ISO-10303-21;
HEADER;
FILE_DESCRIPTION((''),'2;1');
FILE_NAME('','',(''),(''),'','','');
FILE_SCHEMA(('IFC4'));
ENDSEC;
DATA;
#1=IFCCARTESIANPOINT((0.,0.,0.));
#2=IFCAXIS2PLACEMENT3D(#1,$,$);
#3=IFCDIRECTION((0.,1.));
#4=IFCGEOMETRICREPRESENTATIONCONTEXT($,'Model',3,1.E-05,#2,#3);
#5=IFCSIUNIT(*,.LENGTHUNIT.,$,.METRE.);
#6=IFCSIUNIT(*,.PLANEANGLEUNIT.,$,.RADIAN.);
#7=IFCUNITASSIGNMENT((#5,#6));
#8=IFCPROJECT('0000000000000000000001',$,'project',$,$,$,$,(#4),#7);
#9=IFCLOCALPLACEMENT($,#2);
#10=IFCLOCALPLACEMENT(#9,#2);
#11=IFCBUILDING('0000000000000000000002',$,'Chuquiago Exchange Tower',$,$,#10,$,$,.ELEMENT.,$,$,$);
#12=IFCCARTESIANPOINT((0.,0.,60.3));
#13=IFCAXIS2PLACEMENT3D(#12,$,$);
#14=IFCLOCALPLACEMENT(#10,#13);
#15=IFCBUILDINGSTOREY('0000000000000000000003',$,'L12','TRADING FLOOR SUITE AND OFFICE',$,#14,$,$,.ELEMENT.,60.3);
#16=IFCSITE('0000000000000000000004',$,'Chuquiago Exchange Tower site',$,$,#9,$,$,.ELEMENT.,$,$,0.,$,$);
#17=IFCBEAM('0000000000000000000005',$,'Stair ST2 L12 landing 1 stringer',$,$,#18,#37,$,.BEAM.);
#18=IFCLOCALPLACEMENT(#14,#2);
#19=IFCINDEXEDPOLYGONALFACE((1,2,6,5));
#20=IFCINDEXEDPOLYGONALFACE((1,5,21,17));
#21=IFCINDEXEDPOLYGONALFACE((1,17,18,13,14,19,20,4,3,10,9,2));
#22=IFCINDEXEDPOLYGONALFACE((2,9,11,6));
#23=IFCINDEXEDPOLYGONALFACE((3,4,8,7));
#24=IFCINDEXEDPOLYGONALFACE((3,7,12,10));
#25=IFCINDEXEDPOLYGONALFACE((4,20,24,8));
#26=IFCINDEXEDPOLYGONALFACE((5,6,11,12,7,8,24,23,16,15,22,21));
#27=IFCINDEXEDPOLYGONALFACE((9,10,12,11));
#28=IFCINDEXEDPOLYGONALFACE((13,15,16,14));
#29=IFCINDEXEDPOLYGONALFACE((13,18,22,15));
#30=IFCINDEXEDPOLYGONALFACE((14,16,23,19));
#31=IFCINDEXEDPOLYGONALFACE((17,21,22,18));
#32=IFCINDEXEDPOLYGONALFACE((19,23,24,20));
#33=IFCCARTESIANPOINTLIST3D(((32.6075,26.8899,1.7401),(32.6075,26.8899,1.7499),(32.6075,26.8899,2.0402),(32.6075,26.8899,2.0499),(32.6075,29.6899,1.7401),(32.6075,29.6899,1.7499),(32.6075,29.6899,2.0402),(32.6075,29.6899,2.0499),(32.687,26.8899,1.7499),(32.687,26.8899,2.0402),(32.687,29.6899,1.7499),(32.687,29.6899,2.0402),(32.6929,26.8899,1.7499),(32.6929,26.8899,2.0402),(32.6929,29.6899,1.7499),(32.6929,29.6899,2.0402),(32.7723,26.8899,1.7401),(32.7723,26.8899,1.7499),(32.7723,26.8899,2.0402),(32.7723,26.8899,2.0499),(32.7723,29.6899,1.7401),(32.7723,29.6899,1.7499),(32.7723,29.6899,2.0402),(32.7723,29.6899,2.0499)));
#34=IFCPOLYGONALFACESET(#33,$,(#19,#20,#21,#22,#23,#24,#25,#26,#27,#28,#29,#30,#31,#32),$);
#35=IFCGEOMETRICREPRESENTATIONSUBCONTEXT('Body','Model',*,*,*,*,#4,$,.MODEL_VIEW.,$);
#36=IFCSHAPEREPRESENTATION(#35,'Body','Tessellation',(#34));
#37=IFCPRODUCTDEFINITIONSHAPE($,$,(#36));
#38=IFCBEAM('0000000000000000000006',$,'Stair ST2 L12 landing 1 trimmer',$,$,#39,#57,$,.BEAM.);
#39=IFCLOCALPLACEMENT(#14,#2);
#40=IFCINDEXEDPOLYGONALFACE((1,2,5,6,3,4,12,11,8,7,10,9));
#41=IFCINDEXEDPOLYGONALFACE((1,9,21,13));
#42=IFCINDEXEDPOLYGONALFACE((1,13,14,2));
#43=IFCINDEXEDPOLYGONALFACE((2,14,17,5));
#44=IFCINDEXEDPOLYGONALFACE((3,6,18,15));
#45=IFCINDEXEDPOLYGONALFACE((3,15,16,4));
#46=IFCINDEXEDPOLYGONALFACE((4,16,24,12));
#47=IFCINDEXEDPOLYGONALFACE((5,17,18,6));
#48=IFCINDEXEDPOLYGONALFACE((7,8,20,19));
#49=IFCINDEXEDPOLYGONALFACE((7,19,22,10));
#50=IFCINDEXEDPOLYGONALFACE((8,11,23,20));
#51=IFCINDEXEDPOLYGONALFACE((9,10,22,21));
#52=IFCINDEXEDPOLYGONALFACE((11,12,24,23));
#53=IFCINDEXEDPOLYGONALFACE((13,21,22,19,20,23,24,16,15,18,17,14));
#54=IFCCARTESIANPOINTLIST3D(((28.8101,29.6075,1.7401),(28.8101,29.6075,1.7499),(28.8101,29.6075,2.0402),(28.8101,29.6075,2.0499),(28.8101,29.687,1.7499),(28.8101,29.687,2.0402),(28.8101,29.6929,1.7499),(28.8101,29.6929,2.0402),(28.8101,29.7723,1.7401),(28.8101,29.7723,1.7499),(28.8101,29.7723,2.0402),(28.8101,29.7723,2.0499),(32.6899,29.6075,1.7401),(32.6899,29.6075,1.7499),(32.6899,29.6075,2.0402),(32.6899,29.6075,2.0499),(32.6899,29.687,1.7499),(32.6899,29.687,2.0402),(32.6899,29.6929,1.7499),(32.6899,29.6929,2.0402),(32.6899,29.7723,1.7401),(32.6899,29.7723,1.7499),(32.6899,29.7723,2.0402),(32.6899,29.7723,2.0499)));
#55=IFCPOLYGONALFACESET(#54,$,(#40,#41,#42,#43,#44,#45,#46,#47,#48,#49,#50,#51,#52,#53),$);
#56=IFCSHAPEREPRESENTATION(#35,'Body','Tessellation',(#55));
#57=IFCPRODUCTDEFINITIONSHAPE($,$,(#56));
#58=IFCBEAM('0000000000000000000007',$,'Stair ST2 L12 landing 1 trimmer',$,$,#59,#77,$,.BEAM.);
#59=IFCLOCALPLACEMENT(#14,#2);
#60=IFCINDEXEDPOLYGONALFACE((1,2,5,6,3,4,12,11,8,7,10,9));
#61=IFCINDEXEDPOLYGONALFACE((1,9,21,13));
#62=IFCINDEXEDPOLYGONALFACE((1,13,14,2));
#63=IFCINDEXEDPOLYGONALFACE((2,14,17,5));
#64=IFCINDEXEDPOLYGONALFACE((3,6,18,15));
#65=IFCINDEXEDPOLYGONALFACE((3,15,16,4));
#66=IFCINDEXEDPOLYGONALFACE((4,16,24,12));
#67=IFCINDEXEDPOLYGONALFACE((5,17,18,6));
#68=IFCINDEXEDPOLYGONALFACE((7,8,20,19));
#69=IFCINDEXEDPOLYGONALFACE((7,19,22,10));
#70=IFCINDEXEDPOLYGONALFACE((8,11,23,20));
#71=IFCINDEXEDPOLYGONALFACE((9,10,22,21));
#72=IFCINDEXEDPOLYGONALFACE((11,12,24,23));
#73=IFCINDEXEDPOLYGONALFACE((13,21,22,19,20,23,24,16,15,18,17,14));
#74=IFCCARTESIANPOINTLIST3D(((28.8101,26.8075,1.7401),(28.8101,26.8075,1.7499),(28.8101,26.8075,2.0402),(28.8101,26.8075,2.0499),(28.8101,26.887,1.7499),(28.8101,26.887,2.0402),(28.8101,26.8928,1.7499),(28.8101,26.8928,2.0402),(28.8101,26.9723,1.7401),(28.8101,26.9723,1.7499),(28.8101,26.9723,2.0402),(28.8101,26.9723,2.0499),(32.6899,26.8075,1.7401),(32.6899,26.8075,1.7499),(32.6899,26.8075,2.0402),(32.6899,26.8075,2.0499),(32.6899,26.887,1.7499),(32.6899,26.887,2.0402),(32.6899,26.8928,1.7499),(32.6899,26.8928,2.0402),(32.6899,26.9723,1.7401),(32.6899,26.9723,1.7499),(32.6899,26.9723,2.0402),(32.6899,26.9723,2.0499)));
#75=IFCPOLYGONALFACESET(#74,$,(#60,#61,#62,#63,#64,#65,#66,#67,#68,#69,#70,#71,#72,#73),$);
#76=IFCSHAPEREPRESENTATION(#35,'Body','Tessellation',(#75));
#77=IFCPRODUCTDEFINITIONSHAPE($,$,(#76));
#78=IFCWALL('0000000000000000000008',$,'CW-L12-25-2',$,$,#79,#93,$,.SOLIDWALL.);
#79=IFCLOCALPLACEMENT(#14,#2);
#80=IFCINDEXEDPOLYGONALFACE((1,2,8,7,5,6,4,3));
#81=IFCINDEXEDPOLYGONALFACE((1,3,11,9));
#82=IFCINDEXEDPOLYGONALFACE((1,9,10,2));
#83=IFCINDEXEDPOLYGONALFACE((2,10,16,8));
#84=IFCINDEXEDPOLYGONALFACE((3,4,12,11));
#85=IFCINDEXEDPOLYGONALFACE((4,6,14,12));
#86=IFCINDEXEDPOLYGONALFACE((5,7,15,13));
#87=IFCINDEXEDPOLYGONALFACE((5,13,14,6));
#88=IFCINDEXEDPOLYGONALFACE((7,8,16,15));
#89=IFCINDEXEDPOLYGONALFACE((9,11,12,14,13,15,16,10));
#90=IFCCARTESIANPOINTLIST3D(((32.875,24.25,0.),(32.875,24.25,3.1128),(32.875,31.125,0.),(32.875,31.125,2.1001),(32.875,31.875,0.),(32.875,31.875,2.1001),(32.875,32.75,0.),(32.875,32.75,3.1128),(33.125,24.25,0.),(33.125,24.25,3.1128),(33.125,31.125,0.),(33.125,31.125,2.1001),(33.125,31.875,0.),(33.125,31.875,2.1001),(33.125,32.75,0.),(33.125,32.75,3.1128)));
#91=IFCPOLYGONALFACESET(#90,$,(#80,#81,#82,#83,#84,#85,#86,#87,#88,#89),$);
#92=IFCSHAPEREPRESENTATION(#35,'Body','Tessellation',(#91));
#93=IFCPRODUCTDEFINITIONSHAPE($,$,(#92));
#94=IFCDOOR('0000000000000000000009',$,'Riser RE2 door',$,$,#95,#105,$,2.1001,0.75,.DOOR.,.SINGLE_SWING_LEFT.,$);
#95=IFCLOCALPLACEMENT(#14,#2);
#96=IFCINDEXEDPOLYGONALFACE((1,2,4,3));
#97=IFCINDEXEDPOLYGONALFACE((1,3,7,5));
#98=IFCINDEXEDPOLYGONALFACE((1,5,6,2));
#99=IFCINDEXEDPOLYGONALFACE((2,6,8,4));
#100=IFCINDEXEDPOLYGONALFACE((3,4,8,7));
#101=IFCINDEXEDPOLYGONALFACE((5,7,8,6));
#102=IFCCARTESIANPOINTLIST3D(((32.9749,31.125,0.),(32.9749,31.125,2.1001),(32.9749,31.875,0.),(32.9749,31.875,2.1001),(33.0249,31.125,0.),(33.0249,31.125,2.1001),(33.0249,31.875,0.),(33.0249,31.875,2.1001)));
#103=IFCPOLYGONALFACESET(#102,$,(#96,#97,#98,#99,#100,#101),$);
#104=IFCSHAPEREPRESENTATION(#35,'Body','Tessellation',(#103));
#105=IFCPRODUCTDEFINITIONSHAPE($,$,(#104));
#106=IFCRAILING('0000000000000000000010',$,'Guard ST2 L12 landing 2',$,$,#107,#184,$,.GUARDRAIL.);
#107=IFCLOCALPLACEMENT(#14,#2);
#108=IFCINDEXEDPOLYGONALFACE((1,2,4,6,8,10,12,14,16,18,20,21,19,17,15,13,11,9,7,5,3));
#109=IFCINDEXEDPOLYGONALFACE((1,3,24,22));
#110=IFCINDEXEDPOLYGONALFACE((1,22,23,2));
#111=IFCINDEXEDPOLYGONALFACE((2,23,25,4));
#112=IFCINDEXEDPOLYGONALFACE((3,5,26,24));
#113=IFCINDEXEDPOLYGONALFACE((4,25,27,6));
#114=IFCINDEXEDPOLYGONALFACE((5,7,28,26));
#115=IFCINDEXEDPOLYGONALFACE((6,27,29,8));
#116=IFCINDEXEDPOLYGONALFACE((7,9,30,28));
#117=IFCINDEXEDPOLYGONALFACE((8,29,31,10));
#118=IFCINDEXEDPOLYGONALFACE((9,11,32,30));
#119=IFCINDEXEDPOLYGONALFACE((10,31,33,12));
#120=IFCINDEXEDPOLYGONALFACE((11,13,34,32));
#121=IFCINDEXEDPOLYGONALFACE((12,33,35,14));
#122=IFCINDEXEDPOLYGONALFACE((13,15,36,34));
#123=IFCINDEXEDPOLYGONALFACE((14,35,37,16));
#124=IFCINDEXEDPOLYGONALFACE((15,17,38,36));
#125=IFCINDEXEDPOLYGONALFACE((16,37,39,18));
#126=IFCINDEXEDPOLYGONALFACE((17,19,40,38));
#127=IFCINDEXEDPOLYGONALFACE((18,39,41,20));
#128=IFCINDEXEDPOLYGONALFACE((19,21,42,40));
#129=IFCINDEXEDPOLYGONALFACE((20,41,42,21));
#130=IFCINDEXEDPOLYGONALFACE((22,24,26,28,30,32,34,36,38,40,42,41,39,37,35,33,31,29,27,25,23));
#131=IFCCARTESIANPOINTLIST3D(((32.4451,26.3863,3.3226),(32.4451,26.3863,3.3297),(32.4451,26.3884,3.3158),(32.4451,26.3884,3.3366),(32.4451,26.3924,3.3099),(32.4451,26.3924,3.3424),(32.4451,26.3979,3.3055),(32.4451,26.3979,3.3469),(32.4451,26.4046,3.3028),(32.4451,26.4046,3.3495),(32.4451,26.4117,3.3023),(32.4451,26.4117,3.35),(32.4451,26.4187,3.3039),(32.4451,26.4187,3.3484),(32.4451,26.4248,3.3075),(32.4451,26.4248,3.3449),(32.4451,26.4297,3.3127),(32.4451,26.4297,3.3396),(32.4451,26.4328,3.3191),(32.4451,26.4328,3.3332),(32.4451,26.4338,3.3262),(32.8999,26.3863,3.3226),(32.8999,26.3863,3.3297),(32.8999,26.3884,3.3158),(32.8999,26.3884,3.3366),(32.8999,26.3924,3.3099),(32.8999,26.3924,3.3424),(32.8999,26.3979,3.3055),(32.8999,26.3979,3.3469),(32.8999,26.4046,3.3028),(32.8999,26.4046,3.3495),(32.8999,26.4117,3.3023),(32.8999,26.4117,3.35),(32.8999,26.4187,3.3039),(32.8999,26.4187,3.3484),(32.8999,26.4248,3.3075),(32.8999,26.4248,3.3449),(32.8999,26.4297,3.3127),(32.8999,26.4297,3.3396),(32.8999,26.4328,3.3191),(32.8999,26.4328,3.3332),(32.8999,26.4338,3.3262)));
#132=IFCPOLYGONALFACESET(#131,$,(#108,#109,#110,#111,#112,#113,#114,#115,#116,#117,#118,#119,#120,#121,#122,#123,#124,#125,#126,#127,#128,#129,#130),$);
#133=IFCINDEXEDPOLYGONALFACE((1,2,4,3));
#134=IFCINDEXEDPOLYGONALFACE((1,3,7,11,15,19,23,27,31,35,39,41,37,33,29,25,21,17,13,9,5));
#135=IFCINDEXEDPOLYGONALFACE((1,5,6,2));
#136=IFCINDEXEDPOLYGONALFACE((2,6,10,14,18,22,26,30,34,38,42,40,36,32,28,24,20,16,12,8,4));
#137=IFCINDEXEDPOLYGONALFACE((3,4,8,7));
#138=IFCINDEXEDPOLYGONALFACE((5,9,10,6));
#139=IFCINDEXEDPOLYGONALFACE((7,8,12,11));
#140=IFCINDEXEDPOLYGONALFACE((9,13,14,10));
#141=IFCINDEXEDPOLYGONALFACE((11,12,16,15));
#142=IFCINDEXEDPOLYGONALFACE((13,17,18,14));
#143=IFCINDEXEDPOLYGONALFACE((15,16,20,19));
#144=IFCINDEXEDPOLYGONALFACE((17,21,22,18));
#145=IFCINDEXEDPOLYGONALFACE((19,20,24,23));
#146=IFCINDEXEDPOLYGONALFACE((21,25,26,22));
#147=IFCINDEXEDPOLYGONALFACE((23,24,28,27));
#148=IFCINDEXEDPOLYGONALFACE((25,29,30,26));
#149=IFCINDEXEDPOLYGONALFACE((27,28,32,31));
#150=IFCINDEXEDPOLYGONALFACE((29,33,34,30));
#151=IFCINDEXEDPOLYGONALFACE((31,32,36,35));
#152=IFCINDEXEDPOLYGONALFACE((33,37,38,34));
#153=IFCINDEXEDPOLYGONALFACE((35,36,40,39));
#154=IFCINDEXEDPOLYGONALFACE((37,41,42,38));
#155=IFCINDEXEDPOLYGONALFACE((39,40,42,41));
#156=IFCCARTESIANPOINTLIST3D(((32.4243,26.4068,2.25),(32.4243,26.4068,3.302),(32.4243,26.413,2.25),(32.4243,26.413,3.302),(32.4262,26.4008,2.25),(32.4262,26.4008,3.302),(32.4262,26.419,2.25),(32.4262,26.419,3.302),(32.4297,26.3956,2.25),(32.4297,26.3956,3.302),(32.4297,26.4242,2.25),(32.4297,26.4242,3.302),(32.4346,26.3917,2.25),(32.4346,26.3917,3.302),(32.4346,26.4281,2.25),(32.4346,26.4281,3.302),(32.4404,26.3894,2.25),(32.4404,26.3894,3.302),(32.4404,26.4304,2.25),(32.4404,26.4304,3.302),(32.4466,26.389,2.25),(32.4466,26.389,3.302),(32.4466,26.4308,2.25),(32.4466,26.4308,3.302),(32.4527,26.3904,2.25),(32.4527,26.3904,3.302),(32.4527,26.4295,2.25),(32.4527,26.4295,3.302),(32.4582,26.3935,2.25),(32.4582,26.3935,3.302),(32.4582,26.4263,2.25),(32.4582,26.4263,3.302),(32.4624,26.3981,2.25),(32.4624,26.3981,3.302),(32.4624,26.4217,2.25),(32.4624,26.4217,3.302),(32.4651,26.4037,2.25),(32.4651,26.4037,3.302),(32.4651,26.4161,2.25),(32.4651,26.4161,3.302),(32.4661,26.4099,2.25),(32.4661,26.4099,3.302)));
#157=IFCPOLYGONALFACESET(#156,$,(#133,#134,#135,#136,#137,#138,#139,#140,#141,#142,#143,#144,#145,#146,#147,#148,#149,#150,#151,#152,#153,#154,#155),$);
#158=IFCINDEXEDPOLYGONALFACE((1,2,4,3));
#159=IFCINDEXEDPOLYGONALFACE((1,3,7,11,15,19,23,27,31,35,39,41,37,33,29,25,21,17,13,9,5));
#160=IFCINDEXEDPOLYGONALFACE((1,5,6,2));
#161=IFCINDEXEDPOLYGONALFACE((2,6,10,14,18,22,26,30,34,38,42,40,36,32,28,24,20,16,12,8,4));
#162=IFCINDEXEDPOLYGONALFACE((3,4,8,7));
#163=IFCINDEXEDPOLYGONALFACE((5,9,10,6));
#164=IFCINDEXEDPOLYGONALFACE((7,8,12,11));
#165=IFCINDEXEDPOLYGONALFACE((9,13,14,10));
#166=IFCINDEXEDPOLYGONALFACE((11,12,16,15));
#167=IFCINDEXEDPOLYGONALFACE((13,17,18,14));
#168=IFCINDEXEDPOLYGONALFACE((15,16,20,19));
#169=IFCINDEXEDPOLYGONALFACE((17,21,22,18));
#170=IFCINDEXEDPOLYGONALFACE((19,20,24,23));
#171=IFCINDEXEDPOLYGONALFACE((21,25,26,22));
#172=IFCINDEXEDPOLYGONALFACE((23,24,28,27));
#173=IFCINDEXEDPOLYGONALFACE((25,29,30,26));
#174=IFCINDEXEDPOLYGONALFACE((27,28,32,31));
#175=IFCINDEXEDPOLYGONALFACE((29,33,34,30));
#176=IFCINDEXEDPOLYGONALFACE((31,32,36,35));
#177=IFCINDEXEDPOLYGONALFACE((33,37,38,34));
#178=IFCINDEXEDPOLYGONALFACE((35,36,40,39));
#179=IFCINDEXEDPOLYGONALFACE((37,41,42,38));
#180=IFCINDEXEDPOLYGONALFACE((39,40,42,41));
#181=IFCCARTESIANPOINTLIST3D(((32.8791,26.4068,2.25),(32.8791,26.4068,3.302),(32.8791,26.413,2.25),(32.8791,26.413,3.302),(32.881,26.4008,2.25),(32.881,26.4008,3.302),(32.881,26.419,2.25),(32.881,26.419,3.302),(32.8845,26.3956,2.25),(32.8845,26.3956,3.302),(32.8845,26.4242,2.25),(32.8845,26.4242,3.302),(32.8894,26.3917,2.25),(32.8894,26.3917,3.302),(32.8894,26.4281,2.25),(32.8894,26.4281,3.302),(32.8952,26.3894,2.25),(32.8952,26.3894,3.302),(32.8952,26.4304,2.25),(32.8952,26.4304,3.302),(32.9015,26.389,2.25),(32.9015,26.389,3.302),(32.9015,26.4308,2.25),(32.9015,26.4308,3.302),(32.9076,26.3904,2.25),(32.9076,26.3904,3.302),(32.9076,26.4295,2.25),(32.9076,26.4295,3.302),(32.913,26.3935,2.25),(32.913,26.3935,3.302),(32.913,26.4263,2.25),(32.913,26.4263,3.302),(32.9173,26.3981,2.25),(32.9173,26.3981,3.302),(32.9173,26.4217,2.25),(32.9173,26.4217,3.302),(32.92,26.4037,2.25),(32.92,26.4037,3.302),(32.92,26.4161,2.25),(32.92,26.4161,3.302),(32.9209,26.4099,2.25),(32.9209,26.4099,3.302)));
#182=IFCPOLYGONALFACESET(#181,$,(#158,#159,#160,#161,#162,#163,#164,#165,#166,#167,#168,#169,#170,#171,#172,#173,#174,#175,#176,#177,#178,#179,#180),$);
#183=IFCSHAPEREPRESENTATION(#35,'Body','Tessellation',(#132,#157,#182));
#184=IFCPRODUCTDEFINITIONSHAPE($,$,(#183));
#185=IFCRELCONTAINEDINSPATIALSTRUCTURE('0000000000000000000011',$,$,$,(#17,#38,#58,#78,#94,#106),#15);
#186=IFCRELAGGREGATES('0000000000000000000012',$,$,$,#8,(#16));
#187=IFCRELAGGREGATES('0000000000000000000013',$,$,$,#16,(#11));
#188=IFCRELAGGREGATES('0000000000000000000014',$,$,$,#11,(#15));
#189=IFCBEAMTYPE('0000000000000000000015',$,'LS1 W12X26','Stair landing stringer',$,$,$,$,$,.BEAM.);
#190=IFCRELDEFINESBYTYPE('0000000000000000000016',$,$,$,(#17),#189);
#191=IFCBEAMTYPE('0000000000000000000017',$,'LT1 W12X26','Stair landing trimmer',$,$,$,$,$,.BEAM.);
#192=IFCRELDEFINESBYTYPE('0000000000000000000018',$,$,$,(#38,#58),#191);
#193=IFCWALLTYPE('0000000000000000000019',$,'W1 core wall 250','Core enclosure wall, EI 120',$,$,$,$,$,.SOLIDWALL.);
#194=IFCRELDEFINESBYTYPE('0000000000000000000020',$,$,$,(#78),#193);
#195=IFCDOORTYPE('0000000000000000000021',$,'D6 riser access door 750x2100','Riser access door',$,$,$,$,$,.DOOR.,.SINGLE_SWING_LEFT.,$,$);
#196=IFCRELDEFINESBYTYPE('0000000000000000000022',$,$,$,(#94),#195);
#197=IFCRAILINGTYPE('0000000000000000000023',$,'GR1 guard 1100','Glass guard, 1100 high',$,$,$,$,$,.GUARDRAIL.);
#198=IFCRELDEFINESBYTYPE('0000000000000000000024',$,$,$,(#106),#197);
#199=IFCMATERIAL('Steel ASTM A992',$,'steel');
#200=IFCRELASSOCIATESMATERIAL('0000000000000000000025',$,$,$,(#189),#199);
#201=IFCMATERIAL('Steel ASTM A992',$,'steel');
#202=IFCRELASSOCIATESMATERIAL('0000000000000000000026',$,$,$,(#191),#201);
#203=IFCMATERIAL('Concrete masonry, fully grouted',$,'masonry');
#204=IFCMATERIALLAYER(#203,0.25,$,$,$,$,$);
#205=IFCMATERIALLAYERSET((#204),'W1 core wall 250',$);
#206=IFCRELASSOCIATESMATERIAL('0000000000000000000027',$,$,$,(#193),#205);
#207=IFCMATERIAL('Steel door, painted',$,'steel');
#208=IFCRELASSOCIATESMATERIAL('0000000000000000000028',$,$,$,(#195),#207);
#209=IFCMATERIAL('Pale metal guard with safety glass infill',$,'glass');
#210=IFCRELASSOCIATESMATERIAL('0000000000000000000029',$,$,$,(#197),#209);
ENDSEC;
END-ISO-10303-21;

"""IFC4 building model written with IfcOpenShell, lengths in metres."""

from ifc_helpers import new_model, si_unit, direction, frame, frame_2d, origin, origin_2d, place, context, subcontext, project, spatial, rectangle, circle, i_section, extrude, material, layer, layer_set, material_profile, profile_set, type_object, element, fill, save


model = new_model("IFC4")

# Units and contexts
model_context = context("Model", 3, precision=1e-05, world=origin(), true_north=direction((0.0, 1.0)))
body_context = subcontext(model_context, "Body", "Model", "MODEL_VIEW")
ifc_project = project(units=[si_unit("LENGTHUNIT", "METRE"), si_unit("PLANEANGLEUNIT", "RADIAN")], contexts=[model_context])

# Site, building, storey
site_placement = place(None, origin())
site = spatial("IfcSite", under=ifc_project, at=site_placement, Name="Chuquiago Exchange Tower site", CompositionType="ELEMENT", RefElevation=0.0)
building_placement = place(site_placement, origin())
building = spatial("IfcBuilding", under=site, at=building_placement, Name="Chuquiago Exchange Tower", CompositionType="ELEMENT")
storey_placement = place(building_placement, frame((0.0, 0.0, 60.3)))
storey = spatial("IfcBuildingStorey", under=building, at=storey_placement, Name="L12", Description="TRADING FLOOR SUITE AND OFFICE", CompositionType="ELEMENT", Elevation=60.3)

# Beams
ifc_material_1 = material(Name="Steel ASTM A992", Category="steel")
ifc_material_profile_1 = material_profile(ifc_material_1, i_section(OverallWidth=0.1648, OverallDepth=0.3098, WebThickness=0.0059, FlangeThickness=0.0098, at=origin_2d()), Name="W12X26")
ifc_profile_set_1 = profile_set([ifc_material_profile_1], Name="Steel ASTM A992")
beam_type_1 = type_object("IfcBeamType", Name="LS1 W12X26", Description="Stair landing stringer", PredefinedType="BEAM", material=ifc_profile_set_1)
for number, where, z_axis, x_axis, name in (
    (1, (32.6899, 26.8899, 1.895), (0.0, 1.0, 0.0), (-1.0, 0.0, 0.0), "Stair ST2 L12 landing 1 stringer"),
):
    element("IfcBeam", number, at=place(storey_placement, frame(where, z_axis=z_axis, x_axis=x_axis)), inside=storey, type_object=beam_type_1, Name=name, PredefinedType="BEAM", context=body_context, shape_type="SweptSolid", body=[
        extrude(i_section(OverallWidth=0.1648, OverallDepth=0.3098, WebThickness=0.0059, FlangeThickness=0.0098, at=origin_2d()), origin(), (0.0, 0.0, 1.0), 2.8),
    ])
ifc_material_2 = material(Name="Steel ASTM A992", Category="steel")
ifc_material_profile_2 = material_profile(ifc_material_2, i_section(OverallWidth=0.1648, OverallDepth=0.3098, WebThickness=0.0059, FlangeThickness=0.0098, at=origin_2d()), Name="W12X26")
ifc_profile_set_2 = profile_set([ifc_material_profile_2], Name="Steel ASTM A992")
beam_type_2 = type_object("IfcBeamType", Name="LT1 W12X26", Description="Stair landing trimmer", PredefinedType="BEAM", material=ifc_profile_set_2)
for number, where, z_axis, x_axis, name in (
    (2, (28.8101, 29.6899, 1.895), (1.0, 0.0, 0.0), (0.0, 1.0, 0.0), "Stair ST2 L12 landing 1 trimmer"),
    (3, (28.8101, 26.8899, 1.895), (1.0, 0.0, 0.0), (0.0, 1.0, 0.0), "Stair ST2 L12 landing 1 trimmer"),
):
    element("IfcBeam", number, at=place(storey_placement, frame(where, z_axis=z_axis, x_axis=x_axis)), inside=storey, type_object=beam_type_2, Name=name, PredefinedType="BEAM", context=body_context, shape_type="SweptSolid", body=[
        extrude(i_section(OverallWidth=0.1648, OverallDepth=0.3098, WebThickness=0.0059, FlangeThickness=0.0098, at=origin_2d()), origin(), (0.0, 0.0, 1.0), 3.8799),
    ])

# Wall, opening, door
ifc_material_3 = material(Name="Concrete masonry, fully grouted", Category="masonry")
ifc_layer = layer(ifc_material_3, 0.25)
ifc_layer_set = layer_set([ifc_layer], Name="W1 core wall 250")
wall_type = type_object("IfcWallType", Name="W1 core wall 250", Description="Core enclosure wall, EI 120", PredefinedType="SOLIDWALL", material=ifc_layer_set)
wall_placement = place(storey_placement, frame((33.0, 24.25, 0.0), z_axis=(0.0, 0.0, 1.0), x_axis=(0.0, 1.0, 0.0)))
wall = element("IfcWall", 4, at=wall_placement, inside=storey, type_object=wall_type, Name="CW-L12-25-2", PredefinedType="SOLIDWALL", context=body_context, shape_type="SweptSolid", body=[
    extrude(rectangle(XDim=8.5, YDim=0.25, at=frame_2d((4.25, 0.0))), origin(), (0.0, 0.0, 1.0), 3.1128),
])
opening_placement = place(wall_placement, frame((6.875, 0.0, 0.0)))
opening = element("IfcOpeningElement", 5, at=opening_placement, cuts=wall, PredefinedType="OPENING", context=body_context, shape_type="SweptSolid", body=[
    extrude(rectangle(XDim=0.75, YDim=2.1001, at=frame_2d((0.375, 1.05))), frame((0.0, 0.135, 0.0), z_axis=(0.0, -1.0, 0.0), x_axis=(1.0, 0.0, 0.0)), (0.0, 0.0, 1.0), 0.27),
])
ifc_material_4 = material(Name="Steel door, painted", Category="steel")
door_type = type_object("IfcDoorType", Name="D6 riser access door 750x2100", Description="Riser access door", OperationType="SINGLE_SWING_LEFT", PredefinedType="DOOR", material=ifc_material_4)
door_placement = place(opening_placement, frame((0.75, 0.0, 0.0), z_axis=(0.0, 0.0, 1.0), x_axis=(-1.0, 0.0, 0.0)))
door = element("IfcDoor", 6, at=door_placement, inside=storey, type_object=door_type, Name="Riser RE2 door", OperationType="SINGLE_SWING_LEFT", OverallHeight=2.1001, OverallWidth=0.75, PredefinedType="DOOR", context=body_context, shape_type="SweptSolid", body=[
    extrude(rectangle(XDim=0.75, YDim=2.1001, at=frame_2d((0.375, 1.05))), frame((0.0, 0.0249, 0.0), z_axis=(0.0, -1.0, 0.0), x_axis=(1.0, 0.0, 0.0)), (0.0, 0.0, 1.0), 0.05),
])
fill(opening, door)

# Railing
ifc_material_5 = material(Name="Pale metal guard with safety glass infill", Category="glass")
railing_type_1 = type_object("IfcRailingType", Name="GR1 guard 1100", Description="Glass guard, 1100 high", PredefinedType="GUARDRAIL", material=ifc_material_5)
railing_placement = place(storey_placement, frame((32.4451, 26.4099, 2.25)))
element("IfcRailing", 7, at=railing_placement, inside=storey, type_object=railing_type_1, Name="Guard ST2 L12 landing 2", PredefinedType="GUARDRAIL", context=body_context, shape_type="SweptSolid", body=[
    extrude(circle(Radius=0.0239, at=origin_2d()), frame((0.0, 0.0, 1.0762), z_axis=(1.0, 0.0, 0.0), x_axis=(0.0, 1.0, 0.0)), (0.0, 0.0, 1.0), 0.4548),
    extrude(circle(Radius=0.021, at=origin_2d()), origin(), (0.0, 0.0, 1.0), 1.052),
    extrude(circle(Radius=0.021, at=origin_2d()), frame((0.4548, 0.0, 0.0)), (0.0, 0.0, 1.0), 1.052),
])

save(model, "model.ifc")
